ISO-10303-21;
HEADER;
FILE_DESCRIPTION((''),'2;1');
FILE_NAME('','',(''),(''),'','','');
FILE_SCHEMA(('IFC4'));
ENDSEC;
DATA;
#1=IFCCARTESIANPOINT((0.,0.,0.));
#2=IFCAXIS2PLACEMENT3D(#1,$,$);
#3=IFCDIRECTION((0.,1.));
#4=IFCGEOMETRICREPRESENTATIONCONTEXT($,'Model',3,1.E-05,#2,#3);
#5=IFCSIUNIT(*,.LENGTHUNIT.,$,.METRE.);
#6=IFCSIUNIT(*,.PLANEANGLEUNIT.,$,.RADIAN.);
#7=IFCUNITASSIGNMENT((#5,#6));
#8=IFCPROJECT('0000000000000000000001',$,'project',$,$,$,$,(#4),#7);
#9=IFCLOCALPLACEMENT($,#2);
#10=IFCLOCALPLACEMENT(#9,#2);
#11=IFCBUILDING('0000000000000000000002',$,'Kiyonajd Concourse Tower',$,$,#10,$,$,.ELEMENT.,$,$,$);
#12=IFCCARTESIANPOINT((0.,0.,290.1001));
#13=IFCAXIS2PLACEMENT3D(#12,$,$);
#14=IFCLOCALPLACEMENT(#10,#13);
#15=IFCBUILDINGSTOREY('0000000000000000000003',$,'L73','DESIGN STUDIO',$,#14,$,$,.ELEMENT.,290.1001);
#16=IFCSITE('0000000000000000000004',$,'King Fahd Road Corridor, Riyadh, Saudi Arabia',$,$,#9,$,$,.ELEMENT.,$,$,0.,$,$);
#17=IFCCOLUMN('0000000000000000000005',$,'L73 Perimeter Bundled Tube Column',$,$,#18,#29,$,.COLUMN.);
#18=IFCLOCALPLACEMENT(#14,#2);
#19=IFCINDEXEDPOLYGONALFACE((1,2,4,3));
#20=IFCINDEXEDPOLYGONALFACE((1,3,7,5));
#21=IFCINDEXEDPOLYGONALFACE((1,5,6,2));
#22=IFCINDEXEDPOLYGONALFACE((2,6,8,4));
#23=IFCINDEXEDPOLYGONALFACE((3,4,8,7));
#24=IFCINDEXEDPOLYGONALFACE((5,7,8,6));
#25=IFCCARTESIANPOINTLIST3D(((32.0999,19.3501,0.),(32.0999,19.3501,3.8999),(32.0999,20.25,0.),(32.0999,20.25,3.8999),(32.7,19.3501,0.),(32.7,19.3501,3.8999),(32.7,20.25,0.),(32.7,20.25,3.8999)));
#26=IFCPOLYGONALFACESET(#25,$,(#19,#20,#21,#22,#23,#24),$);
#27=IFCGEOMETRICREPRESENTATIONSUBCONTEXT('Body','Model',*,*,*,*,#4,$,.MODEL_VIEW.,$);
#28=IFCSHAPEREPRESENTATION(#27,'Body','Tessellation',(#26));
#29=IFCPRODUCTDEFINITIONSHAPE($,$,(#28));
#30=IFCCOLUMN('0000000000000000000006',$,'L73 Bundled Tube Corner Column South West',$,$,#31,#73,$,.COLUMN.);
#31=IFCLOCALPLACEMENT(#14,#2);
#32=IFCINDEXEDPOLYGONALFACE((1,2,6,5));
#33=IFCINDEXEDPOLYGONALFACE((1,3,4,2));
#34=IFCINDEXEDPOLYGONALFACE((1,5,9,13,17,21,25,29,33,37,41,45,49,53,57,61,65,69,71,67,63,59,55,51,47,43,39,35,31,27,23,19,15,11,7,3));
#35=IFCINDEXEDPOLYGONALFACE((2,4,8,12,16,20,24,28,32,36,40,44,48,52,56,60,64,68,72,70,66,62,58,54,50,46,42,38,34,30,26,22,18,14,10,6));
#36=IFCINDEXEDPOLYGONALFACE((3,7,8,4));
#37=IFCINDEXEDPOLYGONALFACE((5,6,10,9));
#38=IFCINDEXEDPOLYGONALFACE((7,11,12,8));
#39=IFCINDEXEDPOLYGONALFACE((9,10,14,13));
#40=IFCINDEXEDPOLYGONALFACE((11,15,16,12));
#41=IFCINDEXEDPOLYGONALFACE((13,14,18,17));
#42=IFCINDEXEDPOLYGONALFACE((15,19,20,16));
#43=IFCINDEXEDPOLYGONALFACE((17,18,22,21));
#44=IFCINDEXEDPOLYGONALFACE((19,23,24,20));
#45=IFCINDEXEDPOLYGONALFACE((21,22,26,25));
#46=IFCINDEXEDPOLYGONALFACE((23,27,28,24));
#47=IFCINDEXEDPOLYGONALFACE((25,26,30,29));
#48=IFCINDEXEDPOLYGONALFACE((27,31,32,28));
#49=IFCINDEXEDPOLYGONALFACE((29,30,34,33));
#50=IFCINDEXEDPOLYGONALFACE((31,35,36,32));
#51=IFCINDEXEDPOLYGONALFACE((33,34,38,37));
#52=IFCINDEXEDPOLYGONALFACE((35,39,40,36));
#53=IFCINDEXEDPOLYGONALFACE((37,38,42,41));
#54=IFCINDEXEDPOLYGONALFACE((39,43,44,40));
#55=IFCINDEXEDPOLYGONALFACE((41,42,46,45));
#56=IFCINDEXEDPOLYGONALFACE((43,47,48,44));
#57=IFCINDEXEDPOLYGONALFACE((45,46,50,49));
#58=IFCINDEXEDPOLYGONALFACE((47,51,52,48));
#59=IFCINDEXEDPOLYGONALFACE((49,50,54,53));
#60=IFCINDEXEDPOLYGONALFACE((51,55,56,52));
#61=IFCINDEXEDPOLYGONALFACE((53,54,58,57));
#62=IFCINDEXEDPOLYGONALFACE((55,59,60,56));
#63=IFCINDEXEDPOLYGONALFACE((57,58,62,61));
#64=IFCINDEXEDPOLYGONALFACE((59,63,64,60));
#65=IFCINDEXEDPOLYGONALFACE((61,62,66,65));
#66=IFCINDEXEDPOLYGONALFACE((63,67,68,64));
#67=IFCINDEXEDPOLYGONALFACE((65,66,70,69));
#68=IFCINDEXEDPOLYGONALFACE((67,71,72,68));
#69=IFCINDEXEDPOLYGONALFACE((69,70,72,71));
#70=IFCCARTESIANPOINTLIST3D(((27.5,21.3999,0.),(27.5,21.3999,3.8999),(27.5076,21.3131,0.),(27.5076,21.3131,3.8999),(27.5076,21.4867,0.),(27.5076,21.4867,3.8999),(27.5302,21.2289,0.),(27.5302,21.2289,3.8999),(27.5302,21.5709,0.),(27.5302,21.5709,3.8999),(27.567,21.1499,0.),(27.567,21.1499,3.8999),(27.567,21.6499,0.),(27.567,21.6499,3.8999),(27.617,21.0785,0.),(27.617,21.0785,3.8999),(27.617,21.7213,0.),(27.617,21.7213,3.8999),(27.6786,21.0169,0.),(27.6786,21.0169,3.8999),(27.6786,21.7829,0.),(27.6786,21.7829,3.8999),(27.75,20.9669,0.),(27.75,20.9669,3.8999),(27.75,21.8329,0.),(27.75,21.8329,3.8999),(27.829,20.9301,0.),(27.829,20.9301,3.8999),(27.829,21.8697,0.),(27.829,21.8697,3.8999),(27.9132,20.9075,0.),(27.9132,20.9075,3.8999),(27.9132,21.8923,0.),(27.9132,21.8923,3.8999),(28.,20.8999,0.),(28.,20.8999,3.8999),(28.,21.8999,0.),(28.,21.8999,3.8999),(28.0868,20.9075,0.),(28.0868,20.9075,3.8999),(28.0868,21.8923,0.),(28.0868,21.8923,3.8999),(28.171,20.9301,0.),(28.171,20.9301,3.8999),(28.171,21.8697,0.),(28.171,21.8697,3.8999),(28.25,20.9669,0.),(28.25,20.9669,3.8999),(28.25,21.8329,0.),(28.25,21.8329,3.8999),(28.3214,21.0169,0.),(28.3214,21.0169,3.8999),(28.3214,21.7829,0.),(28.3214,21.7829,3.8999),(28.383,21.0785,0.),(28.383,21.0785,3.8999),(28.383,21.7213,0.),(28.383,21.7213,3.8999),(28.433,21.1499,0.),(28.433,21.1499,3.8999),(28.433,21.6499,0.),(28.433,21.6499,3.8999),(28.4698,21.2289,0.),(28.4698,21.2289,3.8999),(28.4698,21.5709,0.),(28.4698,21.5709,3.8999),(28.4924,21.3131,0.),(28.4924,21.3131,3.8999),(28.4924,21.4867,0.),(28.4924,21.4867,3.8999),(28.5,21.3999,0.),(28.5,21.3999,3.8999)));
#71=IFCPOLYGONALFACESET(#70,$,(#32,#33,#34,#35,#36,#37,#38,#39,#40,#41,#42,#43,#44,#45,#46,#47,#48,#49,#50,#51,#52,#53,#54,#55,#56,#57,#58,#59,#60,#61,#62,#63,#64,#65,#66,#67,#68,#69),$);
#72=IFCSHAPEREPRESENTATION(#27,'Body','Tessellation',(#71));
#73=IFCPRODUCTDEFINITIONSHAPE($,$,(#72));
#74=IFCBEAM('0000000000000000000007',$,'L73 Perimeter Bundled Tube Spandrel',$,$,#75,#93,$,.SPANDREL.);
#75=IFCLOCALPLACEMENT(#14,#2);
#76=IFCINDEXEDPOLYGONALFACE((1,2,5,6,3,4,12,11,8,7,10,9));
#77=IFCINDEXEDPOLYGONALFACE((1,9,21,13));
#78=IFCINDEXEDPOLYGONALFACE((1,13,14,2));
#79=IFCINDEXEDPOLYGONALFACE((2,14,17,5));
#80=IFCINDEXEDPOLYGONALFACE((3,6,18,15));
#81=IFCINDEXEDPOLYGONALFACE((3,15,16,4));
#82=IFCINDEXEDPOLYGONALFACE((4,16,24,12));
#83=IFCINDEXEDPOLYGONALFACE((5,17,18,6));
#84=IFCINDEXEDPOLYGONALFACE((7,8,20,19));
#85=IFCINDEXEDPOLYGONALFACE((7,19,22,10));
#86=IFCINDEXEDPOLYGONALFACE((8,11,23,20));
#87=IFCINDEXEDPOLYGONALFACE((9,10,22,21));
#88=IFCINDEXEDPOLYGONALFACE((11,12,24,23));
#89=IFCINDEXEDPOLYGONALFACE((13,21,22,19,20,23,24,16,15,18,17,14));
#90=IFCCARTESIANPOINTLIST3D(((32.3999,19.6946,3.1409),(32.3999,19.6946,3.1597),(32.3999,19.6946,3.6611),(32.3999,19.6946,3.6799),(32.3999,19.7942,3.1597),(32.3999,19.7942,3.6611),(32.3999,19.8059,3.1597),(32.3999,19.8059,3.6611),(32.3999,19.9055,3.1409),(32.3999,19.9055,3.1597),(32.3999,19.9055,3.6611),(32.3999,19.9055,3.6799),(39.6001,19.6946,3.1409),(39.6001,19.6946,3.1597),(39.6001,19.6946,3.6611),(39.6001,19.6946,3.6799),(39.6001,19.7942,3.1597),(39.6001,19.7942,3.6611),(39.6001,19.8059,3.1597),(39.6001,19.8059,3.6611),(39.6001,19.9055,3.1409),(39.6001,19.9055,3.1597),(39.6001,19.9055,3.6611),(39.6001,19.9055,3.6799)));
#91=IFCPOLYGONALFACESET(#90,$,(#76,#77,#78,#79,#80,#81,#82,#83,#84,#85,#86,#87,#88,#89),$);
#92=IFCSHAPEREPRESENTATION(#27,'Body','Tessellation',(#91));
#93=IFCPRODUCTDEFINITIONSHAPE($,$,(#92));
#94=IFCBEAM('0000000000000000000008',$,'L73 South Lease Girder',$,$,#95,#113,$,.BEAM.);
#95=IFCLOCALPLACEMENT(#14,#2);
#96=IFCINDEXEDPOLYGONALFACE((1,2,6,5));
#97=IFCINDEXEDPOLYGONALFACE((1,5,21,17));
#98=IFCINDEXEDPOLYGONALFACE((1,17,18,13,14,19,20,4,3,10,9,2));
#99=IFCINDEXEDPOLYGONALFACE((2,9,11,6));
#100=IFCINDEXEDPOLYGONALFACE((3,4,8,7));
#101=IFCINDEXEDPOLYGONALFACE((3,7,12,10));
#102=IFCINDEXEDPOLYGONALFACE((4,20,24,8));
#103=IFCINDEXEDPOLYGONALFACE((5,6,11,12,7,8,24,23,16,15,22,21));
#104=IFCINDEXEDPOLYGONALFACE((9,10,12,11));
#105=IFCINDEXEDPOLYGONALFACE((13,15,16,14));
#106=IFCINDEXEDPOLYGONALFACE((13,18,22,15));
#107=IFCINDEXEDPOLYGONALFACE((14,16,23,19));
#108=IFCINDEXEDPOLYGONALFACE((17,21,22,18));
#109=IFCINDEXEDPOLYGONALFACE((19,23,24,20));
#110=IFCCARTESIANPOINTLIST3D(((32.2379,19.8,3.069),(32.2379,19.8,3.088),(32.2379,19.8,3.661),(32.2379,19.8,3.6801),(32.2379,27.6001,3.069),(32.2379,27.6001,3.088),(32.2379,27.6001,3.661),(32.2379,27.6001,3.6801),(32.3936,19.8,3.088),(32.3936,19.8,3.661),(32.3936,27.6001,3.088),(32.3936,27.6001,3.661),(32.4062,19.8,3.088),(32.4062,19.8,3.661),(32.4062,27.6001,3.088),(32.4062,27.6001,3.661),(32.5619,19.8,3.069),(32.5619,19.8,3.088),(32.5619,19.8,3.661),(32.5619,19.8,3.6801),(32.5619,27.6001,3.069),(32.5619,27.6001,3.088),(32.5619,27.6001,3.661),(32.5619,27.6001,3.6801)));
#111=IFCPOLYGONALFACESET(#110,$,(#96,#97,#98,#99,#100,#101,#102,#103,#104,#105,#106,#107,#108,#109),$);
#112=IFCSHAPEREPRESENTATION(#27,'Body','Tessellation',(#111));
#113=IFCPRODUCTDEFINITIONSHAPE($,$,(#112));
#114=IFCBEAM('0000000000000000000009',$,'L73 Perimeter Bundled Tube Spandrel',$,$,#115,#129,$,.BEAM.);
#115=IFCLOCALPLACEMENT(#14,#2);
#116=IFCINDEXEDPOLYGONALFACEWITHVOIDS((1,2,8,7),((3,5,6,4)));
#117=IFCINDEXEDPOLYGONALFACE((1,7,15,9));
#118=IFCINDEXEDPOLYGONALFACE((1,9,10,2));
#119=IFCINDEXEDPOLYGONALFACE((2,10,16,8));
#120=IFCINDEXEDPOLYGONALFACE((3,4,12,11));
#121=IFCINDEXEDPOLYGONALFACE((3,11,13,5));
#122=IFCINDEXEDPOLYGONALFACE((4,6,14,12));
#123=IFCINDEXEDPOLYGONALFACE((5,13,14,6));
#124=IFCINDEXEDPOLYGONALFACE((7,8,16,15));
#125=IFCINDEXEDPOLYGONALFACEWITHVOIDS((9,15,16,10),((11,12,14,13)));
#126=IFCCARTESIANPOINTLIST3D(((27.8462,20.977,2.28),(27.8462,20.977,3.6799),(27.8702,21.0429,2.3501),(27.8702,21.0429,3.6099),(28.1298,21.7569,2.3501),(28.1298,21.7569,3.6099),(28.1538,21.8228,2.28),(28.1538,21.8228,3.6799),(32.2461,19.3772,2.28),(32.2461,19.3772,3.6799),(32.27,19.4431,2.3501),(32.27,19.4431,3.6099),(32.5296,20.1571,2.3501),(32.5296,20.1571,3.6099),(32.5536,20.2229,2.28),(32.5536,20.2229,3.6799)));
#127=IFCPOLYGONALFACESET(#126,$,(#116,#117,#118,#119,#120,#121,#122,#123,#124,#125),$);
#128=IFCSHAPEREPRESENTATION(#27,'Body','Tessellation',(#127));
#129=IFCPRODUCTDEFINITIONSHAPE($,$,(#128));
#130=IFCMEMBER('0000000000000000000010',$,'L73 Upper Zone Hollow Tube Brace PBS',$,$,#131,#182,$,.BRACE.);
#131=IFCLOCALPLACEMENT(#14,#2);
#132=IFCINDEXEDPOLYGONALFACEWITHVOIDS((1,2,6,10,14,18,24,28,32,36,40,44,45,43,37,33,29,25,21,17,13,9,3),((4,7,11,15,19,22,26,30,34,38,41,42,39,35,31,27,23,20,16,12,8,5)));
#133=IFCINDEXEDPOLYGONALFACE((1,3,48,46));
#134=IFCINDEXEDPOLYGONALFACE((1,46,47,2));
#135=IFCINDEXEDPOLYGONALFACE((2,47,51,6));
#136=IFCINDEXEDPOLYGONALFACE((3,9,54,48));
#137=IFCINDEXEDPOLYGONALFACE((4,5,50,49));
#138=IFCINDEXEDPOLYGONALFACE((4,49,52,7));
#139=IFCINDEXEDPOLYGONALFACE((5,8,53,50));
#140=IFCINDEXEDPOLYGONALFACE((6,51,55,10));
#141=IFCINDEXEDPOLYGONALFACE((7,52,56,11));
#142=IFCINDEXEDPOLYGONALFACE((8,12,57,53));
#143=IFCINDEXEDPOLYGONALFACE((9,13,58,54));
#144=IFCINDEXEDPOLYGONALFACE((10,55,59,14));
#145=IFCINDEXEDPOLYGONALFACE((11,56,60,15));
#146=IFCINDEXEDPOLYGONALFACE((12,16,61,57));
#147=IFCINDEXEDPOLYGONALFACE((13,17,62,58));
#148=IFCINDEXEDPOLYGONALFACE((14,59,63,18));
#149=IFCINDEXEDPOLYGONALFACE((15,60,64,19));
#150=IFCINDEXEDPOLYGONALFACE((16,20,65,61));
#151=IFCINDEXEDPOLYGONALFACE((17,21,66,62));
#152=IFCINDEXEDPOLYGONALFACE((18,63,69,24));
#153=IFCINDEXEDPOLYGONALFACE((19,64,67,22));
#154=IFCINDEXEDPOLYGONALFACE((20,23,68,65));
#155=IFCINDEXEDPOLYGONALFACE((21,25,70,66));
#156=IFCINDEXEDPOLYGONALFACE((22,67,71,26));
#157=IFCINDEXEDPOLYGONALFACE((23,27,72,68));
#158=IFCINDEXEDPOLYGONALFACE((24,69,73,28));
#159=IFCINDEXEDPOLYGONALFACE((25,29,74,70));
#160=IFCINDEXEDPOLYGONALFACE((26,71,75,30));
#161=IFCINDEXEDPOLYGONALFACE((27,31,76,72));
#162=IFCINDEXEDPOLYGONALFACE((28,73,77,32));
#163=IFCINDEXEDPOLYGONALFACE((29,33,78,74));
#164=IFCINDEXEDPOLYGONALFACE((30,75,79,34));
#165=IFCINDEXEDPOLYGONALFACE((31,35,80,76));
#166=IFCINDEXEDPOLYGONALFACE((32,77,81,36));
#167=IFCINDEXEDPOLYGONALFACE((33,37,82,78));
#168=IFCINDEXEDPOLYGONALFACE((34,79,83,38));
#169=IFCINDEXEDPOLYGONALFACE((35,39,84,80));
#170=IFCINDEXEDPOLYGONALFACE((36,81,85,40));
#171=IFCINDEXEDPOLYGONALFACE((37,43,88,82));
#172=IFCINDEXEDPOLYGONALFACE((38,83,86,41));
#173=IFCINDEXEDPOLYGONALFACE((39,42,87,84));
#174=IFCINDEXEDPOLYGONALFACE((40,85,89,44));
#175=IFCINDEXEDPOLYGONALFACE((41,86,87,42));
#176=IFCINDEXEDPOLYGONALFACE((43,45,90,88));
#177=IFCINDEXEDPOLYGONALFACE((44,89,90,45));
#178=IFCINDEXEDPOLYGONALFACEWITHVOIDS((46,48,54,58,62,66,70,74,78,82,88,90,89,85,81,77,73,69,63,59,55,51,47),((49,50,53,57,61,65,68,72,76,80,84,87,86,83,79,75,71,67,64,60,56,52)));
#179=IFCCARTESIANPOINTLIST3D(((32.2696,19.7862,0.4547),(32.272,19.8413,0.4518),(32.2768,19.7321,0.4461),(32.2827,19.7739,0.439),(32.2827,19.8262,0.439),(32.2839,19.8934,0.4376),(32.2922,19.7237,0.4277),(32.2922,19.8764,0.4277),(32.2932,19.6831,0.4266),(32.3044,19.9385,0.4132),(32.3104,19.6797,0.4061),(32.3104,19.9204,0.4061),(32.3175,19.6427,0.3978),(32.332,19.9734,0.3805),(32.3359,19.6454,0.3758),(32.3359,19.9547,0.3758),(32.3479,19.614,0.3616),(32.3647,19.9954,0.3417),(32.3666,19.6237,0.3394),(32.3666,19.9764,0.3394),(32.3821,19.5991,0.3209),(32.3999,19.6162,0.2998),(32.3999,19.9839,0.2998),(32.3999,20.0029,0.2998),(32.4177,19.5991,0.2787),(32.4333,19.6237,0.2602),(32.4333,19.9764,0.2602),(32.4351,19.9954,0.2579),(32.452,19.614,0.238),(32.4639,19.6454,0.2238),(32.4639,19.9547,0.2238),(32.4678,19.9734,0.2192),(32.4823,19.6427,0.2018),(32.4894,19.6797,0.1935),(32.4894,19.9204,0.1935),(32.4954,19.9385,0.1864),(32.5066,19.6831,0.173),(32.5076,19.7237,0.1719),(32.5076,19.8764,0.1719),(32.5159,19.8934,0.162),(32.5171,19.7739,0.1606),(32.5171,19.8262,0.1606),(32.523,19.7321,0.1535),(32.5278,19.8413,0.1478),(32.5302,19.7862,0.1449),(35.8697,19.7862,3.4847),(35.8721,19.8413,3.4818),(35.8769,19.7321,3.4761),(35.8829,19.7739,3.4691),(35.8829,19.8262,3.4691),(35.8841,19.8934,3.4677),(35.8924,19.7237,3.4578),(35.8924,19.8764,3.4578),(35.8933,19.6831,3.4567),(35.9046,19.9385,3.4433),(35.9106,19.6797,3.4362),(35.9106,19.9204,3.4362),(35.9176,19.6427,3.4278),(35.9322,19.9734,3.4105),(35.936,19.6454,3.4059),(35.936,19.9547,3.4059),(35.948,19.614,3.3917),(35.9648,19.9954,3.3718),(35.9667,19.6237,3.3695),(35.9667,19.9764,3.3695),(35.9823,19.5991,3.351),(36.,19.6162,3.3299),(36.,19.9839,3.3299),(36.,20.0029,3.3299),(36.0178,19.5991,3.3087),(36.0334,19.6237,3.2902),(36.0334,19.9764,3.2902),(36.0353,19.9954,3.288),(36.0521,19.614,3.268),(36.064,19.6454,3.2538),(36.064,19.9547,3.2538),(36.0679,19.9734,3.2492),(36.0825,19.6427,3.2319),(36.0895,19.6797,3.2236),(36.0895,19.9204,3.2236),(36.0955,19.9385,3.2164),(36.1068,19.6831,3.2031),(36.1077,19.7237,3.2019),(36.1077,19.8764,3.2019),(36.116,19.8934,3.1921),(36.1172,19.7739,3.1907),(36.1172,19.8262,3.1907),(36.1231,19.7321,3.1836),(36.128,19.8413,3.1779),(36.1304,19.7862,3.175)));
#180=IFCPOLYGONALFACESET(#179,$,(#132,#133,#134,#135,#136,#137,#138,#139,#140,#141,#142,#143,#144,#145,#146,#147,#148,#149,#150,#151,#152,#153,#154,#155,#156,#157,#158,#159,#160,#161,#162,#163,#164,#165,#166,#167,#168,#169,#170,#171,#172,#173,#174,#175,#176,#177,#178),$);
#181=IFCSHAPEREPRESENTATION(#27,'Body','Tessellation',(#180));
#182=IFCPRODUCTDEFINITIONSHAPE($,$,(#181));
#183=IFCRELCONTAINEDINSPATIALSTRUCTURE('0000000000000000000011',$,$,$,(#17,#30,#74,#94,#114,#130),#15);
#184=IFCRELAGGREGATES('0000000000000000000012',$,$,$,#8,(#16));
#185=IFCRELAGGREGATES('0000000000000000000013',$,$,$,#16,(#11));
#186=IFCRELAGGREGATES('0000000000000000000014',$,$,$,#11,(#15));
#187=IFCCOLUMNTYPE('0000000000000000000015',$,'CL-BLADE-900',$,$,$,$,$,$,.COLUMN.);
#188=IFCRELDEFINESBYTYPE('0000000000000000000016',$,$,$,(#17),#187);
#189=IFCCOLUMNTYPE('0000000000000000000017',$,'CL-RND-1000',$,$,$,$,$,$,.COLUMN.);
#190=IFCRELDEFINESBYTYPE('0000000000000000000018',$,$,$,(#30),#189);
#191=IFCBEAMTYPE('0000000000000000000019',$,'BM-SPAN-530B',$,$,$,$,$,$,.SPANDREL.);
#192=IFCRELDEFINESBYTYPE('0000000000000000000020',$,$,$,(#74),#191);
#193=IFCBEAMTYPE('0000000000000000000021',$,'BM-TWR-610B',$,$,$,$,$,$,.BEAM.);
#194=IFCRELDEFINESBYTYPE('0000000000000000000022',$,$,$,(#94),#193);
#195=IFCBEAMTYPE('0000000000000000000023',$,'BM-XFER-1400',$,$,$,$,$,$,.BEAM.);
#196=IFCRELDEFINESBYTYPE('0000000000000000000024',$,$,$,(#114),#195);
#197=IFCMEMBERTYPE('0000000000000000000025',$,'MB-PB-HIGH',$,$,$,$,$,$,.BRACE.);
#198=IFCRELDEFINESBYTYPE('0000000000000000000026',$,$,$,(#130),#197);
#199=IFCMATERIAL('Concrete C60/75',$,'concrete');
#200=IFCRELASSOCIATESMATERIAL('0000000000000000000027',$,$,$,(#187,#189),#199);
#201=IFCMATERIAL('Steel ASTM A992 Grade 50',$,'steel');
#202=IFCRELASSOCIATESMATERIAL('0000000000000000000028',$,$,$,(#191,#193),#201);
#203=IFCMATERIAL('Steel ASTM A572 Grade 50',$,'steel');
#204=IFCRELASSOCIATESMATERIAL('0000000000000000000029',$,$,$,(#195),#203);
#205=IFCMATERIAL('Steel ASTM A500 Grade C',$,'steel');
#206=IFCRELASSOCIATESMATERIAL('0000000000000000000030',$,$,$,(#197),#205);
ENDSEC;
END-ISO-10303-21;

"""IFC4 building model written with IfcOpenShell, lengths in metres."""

from ifc_helpers import new_model, si_unit, direction, frame, origin, origin_2d, place, context, subcontext, project, spatial, rectangle, hollow_rectangle, circle, hollow_circle, i_section, extrude, material, material_profile, profile_set, type_object, element, save


model = new_model("IFC4")

# Units and contexts
model_context = context("Model", 3, precision=1e-05, world=origin(), true_north=direction((0.0, 1.0)))
body_context = subcontext(model_context, "Body", "Model", "MODEL_VIEW")
ifc_project = project(units=[si_unit("LENGTHUNIT", "METRE"), si_unit("PLANEANGLEUNIT", "RADIAN")], contexts=[model_context])

# Site, building, storey
site_placement = place(None, origin())
site = spatial("IfcSite", under=ifc_project, at=site_placement, Name="King Fahd Road Corridor, Riyadh, Saudi Arabia", CompositionType="ELEMENT", RefElevation=0.0)
building_placement = place(site_placement, origin())
building = spatial("IfcBuilding", under=site, at=building_placement, Name="Kiyonajd Concourse Tower", CompositionType="ELEMENT")
storey_placement = place(building_placement, frame((0.0, 0.0, 290.1001)))
storey = spatial("IfcBuildingStorey", under=building, at=storey_placement, Name="L73", Description="DESIGN STUDIO", CompositionType="ELEMENT", Elevation=290.1001)

# Columns
ifc_material_1 = material(Name="Concrete C60/75", Category="concrete")
ifc_material_profile_1 = material_profile(ifc_material_1, rectangle(XDim=0.6001, YDim=0.8999, at=origin_2d()), Name="RC-900x600")
ifc_profile_set_1 = profile_set([ifc_material_profile_1], Name="Concrete C60/75")
column_type_1 = type_object("IfcColumnType", Name="CL-BLADE-900", PredefinedType="COLUMN", material=ifc_profile_set_1)
column_1_placement = place(storey_placement, frame((32.3999, 19.8, 0.0), z_axis=(0.0, 0.0, 1.0), x_axis=(1.0, 0.0, 0.0)))
element("IfcColumn", 1, at=column_1_placement, inside=storey, type_object=column_type_1, Name="L73 Perimeter Bundled Tube Column", PredefinedType="COLUMN", context=body_context, shape_type="SweptSolid", body=[
    extrude(rectangle(XDim=0.6001, YDim=0.8999, at=origin_2d()), origin(), (0.0, 0.0, 1.0), 3.8999),
])
ifc_material_profile_2 = material_profile(ifc_material_1, circle(Radius=0.5, at=origin_2d()), Name="RCC-D1000")
ifc_profile_set_2 = profile_set([ifc_material_profile_2], Name="Concrete C60/75")
column_type_2 = type_object("IfcColumnType", Name="CL-RND-1000", PredefinedType="COLUMN", material=ifc_profile_set_2)
column_2_placement = place(storey_placement, frame((28.0, 21.3999, 0.0), z_axis=(0.0, 0.0, 1.0), x_axis=(1.0, 0.0, 0.0)))
element("IfcColumn", 2, at=column_2_placement, inside=storey, type_object=column_type_2, Name="L73 Bundled Tube Corner Column South West", PredefinedType="COLUMN", context=body_context, shape_type="SweptSolid", body=[
    extrude(circle(Radius=0.5, at=origin_2d()), origin(), (0.0, 0.0, 1.0), 3.8999),
])

# Beams
ifc_material_2 = material(Name="Steel ASTM A992 Grade 50", Category="steel")
ifc_material_profile_3 = material_profile(ifc_material_2, i_section(OverallWidth=0.2109, OverallDepth=0.5391, WebThickness=0.0117, FlangeThickness=0.0188, at=origin_2d()), Name="W530X109")
ifc_profile_set_3 = profile_set([ifc_material_profile_3], Name="Steel ASTM A992 Grade 50")
beam_type_1 = type_object("IfcBeamType", Name="BM-SPAN-530B", PredefinedType="SPANDREL", material=ifc_profile_set_3)
beam_1_placement = place(storey_placement, frame((32.3999, 19.8, 3.4104), z_axis=(1.0, 0.0, 0.0), x_axis=(0.0, 1.0, 0.0)))
element("IfcBeam", 3, at=beam_1_placement, inside=storey, type_object=beam_type_1, Name="L73 Perimeter Bundled Tube Spandrel", PredefinedType="SPANDREL", context=body_context, shape_type="SweptSolid", body=[
    extrude(i_section(OverallWidth=0.2109, OverallDepth=0.5391, WebThickness=0.0117, FlangeThickness=0.0188, at=origin_2d()), origin(), (0.0, 0.0, 1.0), 7.2002),
])
ifc_material_profile_4 = material_profile(ifc_material_2, i_section(OverallWidth=0.324, OverallDepth=0.6111, WebThickness=0.0127, FlangeThickness=0.019, at=origin_2d()), Name="W610X155")
ifc_profile_set_4 = profile_set([ifc_material_profile_4], Name="Steel ASTM A992 Grade 50")
beam_type_2 = type_object("IfcBeamType", Name="BM-TWR-610B", PredefinedType="BEAM", material=ifc_profile_set_4)
beam_2_placement = place(storey_placement, frame((32.3999, 19.8, 3.3745), z_axis=(0.0, 1.0, 0.0), x_axis=(-1.0, 0.0, 0.0)))
element("IfcBeam", 4, at=beam_2_placement, inside=storey, type_object=beam_type_2, Name="L73 South Lease Girder", PredefinedType="BEAM", context=body_context, shape_type="SweptSolid", body=[
    extrude(i_section(OverallWidth=0.324, OverallDepth=0.6111, WebThickness=0.0127, FlangeThickness=0.019, at=origin_2d()), origin(), (0.0, 0.0, 1.0), 7.8),
])
ifc_material_3 = material(Name="Steel ASTM A572 Grade 50", Category="steel")
ifc_material_profile_5 = material_profile(ifc_material_3, hollow_rectangle(XDim=0.8999, YDim=1.3999, WallThickness=0.0701, at=origin_2d()), Name="BOX-1400x900x70")
ifc_profile_set_5 = profile_set([ifc_material_profile_5], Name="Steel ASTM A572 Grade 50")
beam_type_3 = type_object("IfcBeamType", Name="BM-XFER-1400", PredefinedType="BEAM", material=ifc_profile_set_5)
beam_3_placement = place(storey_placement, frame((28.0, 21.3999, 2.98), z_axis=(0.939801, -0.341722, 0.0), x_axis=(0.341722, 0.939801, 0.0)))
element("IfcBeam", 5, at=beam_3_placement, inside=storey, type_object=beam_type_3, Name="L73 Perimeter Bundled Tube Spandrel", PredefinedType="BEAM", context=body_context, shape_type="SweptSolid", body=[
    extrude(hollow_rectangle(XDim=0.8999, YDim=1.3999, WallThickness=0.0701, at=origin_2d()), origin(), (0.0, 0.0, 1.0), 4.6816),
])

# Member
ifc_material_4 = material(Name="Steel ASTM A500 Grade C", Category="steel")
ifc_material_profile_6 = material_profile(ifc_material_4, hollow_circle(Radius=0.2029, WallThickness=0.019, at=origin_2d()), Name="CHS-406x19")
ifc_profile_set_6 = profile_set([ifc_material_profile_6], Name="Steel ASTM A500 Grade C")
member_type = type_object("IfcMemberType", Name="MB-PB-HIGH", PredefinedType="BRACE", material=ifc_profile_set_6)
member_placement = place(storey_placement, frame((32.3999, 19.8, 0.2998), z_axis=(0.765082, 0.0, 0.643933), x_axis=(0.0, 1.0, 0.0)))
element("IfcMember", 6, at=member_placement, inside=storey, type_object=member_type, Name="L73 Upper Zone Hollow Tube Brace PBS", PredefinedType="BRACE", context=body_context, shape_type="SweptSolid", body=[
    extrude(hollow_circle(Radius=0.2029, WallThickness=0.019, at=origin_2d()), origin(), (0.0, 0.0, 1.0), 4.7056),
])

save(model, "model.ifc")
